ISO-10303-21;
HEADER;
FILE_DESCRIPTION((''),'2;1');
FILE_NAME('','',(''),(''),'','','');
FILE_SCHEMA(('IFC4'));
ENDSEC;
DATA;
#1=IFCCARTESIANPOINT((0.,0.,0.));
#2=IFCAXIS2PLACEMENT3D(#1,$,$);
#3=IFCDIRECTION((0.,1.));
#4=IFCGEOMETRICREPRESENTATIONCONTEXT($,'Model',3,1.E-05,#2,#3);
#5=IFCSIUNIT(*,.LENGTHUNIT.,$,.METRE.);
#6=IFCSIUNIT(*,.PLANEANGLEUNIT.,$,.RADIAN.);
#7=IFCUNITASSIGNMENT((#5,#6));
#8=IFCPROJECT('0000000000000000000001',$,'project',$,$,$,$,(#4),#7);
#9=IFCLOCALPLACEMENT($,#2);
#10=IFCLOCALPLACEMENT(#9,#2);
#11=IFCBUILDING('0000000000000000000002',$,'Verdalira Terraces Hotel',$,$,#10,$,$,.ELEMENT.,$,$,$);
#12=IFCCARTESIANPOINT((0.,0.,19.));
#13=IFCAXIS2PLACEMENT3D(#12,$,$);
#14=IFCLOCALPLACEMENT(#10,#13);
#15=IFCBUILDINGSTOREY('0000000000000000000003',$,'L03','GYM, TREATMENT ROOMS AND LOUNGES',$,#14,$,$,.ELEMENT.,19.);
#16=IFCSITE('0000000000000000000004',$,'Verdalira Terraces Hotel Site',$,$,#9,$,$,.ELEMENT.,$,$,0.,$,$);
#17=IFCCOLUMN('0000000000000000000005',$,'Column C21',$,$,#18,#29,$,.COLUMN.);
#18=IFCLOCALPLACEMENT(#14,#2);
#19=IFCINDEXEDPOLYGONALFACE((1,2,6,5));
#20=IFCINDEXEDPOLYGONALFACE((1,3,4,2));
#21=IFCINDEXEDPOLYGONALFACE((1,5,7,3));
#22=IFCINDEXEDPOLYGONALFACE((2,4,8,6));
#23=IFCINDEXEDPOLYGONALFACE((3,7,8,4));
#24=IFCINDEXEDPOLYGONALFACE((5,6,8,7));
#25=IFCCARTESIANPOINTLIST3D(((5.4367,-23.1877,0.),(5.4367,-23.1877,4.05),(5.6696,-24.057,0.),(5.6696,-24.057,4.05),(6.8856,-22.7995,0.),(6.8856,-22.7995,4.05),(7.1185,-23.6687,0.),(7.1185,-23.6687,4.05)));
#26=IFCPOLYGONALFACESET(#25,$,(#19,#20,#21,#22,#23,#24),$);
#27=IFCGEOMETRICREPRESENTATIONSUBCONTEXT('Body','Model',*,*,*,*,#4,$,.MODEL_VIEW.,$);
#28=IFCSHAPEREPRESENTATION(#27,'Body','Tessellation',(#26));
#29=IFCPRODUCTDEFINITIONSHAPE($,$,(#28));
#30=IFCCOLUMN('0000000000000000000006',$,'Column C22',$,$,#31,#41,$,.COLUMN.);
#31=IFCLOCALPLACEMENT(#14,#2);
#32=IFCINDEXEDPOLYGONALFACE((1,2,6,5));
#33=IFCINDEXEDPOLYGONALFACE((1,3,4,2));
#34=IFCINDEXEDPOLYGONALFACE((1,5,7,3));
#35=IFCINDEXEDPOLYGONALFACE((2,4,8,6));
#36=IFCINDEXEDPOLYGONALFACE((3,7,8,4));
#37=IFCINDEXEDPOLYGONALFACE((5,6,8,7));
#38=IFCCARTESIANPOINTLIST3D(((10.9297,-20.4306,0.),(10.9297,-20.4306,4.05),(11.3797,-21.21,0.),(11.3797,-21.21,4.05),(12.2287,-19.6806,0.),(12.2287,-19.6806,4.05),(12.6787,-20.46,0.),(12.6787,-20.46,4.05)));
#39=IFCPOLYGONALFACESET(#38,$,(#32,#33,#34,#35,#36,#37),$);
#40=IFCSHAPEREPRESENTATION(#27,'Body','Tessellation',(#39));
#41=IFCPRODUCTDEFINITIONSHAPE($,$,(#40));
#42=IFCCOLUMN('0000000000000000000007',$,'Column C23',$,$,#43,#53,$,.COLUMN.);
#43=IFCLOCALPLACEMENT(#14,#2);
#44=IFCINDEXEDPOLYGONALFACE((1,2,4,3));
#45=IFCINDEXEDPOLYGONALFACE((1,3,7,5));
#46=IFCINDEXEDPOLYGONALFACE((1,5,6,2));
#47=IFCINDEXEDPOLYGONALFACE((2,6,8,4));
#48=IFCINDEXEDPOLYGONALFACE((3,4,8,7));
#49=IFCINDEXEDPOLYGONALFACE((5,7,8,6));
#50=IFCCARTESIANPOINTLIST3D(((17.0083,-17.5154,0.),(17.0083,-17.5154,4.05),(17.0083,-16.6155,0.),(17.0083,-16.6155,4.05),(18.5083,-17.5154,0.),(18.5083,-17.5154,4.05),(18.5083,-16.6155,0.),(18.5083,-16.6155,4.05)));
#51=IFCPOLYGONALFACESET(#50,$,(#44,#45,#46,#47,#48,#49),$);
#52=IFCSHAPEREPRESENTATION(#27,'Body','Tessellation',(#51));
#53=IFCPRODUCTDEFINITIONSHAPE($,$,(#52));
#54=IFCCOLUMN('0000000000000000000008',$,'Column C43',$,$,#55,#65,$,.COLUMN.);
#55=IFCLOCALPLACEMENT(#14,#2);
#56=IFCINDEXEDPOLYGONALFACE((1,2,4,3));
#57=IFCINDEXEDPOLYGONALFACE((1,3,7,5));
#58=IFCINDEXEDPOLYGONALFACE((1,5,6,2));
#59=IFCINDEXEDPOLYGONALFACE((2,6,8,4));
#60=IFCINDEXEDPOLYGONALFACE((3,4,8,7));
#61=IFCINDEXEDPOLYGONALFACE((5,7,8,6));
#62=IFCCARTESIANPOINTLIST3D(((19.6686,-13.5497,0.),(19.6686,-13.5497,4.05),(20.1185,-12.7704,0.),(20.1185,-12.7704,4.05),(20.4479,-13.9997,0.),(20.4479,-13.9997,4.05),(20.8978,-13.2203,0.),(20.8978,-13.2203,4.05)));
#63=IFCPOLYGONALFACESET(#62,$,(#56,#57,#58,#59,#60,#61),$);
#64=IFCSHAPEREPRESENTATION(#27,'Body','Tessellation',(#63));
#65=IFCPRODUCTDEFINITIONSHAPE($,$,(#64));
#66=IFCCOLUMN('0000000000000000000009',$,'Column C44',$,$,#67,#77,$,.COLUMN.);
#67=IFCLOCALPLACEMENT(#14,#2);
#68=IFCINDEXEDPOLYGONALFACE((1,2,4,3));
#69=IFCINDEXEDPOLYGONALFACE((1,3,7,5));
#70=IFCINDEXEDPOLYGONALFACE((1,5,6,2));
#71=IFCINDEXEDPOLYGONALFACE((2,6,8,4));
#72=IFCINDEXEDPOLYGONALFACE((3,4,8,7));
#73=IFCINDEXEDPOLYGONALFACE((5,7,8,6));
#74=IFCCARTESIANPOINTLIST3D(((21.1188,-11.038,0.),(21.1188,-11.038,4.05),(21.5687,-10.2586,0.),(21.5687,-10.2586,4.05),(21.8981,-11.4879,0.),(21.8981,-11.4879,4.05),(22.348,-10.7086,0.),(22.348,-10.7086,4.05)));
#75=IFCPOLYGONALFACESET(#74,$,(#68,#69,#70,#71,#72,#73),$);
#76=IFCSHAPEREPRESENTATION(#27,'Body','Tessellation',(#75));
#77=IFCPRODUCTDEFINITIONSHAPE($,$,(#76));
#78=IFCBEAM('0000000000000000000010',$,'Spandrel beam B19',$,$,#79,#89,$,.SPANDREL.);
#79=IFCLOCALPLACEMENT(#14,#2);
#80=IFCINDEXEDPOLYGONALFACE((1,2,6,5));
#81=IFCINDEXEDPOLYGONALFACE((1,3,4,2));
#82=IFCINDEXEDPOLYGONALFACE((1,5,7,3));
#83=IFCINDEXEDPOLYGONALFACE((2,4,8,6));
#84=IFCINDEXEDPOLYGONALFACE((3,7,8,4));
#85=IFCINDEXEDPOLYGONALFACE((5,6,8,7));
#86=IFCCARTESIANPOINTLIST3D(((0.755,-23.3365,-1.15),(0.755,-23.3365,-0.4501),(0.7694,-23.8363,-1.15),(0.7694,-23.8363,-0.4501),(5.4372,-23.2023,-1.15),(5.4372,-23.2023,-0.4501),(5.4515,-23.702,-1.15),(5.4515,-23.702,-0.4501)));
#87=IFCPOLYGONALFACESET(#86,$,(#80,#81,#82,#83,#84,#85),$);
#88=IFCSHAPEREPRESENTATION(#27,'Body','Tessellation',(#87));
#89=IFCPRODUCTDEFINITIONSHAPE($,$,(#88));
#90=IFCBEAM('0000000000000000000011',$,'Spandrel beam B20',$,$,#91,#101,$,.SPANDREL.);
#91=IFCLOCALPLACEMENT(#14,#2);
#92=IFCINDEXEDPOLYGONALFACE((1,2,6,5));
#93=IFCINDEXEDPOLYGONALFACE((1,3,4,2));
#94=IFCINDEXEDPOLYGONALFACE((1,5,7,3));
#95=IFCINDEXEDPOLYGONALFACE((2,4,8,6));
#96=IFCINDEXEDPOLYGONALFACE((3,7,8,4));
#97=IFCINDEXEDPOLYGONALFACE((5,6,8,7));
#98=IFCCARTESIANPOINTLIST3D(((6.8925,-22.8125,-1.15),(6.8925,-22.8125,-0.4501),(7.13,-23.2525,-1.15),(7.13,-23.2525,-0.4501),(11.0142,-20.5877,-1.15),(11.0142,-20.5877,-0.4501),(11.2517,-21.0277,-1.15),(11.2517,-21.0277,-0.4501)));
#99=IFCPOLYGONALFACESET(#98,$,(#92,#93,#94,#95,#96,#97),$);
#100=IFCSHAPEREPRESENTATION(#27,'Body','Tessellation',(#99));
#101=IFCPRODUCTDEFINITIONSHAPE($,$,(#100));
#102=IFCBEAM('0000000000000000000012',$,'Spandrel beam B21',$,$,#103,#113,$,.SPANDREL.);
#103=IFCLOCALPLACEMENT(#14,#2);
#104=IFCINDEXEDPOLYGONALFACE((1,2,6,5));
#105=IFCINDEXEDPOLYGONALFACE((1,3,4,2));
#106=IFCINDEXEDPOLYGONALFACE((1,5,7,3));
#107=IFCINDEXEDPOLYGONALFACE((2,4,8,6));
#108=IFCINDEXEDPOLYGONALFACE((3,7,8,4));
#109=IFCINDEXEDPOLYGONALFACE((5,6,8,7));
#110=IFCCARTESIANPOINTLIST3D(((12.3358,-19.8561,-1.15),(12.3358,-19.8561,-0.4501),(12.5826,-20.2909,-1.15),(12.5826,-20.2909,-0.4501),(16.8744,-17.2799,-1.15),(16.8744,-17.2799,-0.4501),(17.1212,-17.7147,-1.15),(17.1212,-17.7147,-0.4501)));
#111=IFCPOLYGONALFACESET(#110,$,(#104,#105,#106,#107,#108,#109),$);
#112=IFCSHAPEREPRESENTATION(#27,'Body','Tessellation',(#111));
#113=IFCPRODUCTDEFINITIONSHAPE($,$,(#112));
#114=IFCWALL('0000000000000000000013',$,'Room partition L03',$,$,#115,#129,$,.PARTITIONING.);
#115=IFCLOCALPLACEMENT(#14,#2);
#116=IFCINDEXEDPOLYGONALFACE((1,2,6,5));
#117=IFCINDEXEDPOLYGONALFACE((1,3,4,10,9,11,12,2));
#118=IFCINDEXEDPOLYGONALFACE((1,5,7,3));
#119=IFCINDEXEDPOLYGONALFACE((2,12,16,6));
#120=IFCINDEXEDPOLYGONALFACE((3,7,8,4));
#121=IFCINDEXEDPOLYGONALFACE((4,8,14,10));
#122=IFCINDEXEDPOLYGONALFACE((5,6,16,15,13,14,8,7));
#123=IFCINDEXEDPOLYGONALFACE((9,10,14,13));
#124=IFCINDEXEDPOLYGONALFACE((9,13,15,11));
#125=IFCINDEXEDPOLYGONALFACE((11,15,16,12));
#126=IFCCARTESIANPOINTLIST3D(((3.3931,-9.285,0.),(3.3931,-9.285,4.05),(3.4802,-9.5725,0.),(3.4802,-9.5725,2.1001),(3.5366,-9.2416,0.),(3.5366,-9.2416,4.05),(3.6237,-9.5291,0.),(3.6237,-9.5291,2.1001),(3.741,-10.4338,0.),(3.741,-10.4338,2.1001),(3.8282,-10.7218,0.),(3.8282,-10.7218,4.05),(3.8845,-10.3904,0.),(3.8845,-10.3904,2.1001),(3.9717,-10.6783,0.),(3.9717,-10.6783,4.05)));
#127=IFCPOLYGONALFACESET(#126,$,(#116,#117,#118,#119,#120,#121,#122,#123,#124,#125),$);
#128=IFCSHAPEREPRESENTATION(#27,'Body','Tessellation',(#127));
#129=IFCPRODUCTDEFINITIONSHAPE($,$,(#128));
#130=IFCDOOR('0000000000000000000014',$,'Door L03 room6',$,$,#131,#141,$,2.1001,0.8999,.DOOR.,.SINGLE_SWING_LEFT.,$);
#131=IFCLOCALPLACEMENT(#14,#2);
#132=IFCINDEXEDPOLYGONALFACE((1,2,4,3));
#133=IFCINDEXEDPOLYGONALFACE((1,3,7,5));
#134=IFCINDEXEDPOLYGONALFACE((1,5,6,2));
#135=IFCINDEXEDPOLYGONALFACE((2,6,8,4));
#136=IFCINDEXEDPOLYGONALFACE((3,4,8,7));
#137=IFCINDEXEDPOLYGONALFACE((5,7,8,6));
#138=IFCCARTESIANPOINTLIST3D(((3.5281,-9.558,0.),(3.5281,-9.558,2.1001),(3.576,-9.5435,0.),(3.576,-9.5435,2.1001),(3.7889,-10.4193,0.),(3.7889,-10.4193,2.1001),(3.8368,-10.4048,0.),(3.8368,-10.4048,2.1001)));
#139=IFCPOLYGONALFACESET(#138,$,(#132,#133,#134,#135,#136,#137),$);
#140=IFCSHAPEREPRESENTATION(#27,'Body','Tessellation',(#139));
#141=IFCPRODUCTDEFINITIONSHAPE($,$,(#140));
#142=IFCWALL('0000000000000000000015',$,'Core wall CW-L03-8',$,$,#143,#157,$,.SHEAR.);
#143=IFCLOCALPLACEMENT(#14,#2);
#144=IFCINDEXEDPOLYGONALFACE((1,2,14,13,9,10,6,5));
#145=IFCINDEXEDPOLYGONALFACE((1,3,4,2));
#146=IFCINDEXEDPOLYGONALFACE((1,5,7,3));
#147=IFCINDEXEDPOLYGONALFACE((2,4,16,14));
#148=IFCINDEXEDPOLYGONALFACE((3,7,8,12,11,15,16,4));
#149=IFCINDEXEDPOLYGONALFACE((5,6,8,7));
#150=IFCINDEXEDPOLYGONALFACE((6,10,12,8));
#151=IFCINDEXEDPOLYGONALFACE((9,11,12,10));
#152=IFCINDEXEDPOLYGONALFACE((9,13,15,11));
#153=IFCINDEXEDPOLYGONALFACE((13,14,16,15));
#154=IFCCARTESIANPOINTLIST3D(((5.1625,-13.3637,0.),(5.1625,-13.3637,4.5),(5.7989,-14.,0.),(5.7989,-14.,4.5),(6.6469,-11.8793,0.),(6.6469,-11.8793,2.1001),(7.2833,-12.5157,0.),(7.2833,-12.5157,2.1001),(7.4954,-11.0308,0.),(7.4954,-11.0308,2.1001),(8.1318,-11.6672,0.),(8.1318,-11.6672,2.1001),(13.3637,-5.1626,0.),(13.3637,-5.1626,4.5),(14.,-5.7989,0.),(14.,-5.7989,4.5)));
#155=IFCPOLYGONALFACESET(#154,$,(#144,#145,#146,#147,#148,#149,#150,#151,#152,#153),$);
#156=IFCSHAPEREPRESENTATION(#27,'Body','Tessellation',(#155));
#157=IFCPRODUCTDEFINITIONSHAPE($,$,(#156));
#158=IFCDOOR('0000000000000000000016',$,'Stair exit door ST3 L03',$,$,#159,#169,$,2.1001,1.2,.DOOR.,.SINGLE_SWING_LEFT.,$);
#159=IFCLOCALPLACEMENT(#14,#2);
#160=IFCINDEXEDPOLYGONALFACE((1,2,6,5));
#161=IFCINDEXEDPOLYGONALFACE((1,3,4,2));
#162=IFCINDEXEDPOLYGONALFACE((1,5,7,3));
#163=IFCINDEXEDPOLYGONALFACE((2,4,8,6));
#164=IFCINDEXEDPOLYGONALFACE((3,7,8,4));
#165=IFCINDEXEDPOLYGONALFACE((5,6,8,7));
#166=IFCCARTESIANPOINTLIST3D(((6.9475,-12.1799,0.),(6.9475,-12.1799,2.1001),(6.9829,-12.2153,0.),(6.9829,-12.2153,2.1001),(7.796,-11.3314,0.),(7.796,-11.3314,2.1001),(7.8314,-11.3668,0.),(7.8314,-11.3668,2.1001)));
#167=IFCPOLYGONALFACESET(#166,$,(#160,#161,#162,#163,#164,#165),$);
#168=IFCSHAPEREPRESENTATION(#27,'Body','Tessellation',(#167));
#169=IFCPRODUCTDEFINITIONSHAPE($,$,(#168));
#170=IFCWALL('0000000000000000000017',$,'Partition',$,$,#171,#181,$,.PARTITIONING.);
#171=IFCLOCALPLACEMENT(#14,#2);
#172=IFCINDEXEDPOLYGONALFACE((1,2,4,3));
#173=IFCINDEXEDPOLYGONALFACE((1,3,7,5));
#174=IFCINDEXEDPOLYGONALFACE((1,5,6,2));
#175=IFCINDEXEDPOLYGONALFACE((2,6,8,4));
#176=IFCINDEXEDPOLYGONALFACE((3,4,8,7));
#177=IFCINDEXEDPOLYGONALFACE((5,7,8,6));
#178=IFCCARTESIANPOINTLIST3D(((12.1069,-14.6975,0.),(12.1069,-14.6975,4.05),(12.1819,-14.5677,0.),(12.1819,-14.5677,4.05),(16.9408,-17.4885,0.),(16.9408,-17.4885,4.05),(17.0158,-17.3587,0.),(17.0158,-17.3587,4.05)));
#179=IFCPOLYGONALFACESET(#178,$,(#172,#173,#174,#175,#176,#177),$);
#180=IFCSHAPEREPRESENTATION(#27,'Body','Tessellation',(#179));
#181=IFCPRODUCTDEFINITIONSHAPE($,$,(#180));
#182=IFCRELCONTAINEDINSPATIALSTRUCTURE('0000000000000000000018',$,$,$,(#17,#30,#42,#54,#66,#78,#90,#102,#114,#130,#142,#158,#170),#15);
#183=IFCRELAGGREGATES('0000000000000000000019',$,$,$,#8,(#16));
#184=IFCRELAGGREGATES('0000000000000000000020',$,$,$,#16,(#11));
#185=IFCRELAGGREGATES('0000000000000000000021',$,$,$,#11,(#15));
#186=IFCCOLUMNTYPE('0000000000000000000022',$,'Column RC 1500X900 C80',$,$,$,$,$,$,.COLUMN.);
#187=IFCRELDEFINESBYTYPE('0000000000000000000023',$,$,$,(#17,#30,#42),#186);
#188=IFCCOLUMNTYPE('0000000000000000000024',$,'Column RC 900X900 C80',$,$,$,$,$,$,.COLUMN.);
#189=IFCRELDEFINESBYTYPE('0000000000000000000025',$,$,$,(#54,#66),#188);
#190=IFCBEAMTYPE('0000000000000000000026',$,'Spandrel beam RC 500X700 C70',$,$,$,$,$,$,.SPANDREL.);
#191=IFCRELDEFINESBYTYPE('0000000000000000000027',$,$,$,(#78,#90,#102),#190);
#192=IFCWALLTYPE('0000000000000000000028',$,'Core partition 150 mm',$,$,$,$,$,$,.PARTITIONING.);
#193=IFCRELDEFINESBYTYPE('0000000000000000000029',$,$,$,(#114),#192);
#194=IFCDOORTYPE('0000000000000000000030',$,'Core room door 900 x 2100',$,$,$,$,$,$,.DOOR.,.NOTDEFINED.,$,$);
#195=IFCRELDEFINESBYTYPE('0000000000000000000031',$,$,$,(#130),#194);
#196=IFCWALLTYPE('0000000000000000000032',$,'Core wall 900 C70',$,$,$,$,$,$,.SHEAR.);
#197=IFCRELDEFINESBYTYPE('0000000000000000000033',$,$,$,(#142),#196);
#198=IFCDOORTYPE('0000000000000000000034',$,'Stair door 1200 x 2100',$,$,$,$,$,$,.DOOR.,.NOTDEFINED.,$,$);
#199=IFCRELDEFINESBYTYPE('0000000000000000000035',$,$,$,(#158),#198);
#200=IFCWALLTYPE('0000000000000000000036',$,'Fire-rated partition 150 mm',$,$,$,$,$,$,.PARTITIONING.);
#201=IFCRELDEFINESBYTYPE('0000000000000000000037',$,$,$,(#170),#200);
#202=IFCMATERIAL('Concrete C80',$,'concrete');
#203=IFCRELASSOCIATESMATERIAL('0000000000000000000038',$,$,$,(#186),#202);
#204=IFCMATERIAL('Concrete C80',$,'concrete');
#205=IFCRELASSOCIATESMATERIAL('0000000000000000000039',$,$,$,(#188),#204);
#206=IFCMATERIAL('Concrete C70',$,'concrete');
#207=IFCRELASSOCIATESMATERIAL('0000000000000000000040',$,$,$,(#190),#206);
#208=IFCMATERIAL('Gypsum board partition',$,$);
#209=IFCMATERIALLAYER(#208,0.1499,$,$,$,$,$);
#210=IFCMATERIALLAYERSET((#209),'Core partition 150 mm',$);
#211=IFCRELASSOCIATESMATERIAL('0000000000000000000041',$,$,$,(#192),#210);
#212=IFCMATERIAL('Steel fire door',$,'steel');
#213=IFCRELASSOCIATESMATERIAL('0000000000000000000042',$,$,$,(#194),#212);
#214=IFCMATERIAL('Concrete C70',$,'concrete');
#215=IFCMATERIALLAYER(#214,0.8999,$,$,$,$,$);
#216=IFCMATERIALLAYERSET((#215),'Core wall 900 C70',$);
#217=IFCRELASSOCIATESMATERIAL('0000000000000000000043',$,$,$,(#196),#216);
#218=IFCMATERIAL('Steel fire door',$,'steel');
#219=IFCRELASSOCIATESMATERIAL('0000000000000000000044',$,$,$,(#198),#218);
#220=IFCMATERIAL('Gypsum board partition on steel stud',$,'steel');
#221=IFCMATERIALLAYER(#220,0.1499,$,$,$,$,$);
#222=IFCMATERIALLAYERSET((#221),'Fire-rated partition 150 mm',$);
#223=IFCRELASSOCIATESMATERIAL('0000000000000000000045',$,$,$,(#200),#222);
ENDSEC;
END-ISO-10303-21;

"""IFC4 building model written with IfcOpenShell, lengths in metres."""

from ifc_helpers import new_model, si_unit, direction, frame, frame_2d, origin, origin_2d, place, context, subcontext, project, spatial, rectangle, extrude, material, layer, layer_set, material_profile, profile_set, type_object, element, fill, save


model = new_model("IFC4")

# Units and contexts
model_context = context("Model", 3, precision=1e-05, world=origin(), true_north=direction((0.0, 1.0)))
body_context = subcontext(model_context, "Body", "Model", "MODEL_VIEW")
ifc_project = project(units=[si_unit("LENGTHUNIT", "METRE"), si_unit("PLANEANGLEUNIT", "RADIAN")], contexts=[model_context])

# Site, building, storey
site_placement = place(None, origin())
site = spatial("IfcSite", under=ifc_project, at=site_placement, Name="Verdalira Terraces Hotel Site", CompositionType="ELEMENT", RefElevation=0.0)
building_placement = place(site_placement, origin())
building = spatial("IfcBuilding", under=site, at=building_placement, Name="Verdalira Terraces Hotel", CompositionType="ELEMENT")
storey_placement = place(building_placement, frame((0.0, 0.0, 19.0)))
storey = spatial("IfcBuildingStorey", under=building, at=storey_placement, Name="L03", Description="GYM, TREATMENT ROOMS AND LOUNGES", CompositionType="ELEMENT", Elevation=19.0)

# Columns
ifc_material_1 = material(Name="Concrete C80", Category="concrete")
ifc_material_profile_1 = material_profile(ifc_material_1, rectangle(XDim=1.5, YDim=0.8999, at=origin_2d()), Name="RC 1500X900")
ifc_profile_set_1 = profile_set([ifc_material_profile_1], Name="Concrete C80")
column_type_1 = type_object("IfcColumnType", Name="Column RC 1500X900 C80", PredefinedType="COLUMN", material=ifc_profile_set_1)
for number, where, z_axis, x_axis, name in (
    (1, (6.2776, -23.4282, 0.0), (0.0, 0.0, 1.0), (-0.965926, -0.258819, 0.0), "Column C21"),
    (2, (11.8042, -20.4453, 0.0), (0.0, 0.0, 1.0), (0.866025, 0.5, 0.0), "Column C22"),
    (3, (17.7583, -17.0654, 0.0), (0.0, 0.0, 1.0), (-1.0, 0.0, 0.0), "Column C23"),
):
    element("IfcColumn", number, at=place(storey_placement, frame(where, z_axis=z_axis, x_axis=x_axis)), inside=storey, type_object=column_type_1, Name=name, PredefinedType="COLUMN", context=body_context, shape_type="SweptSolid", body=[
        extrude(rectangle(XDim=1.5, YDim=0.8999, at=origin_2d()), origin(), (0.0, 0.0, 1.0), 4.05),
    ])
ifc_material_2 = material(Name="Concrete C80", Category="concrete")
ifc_material_profile_2 = material_profile(ifc_material_2, rectangle(XDim=0.8999, YDim=0.8999, at=origin_2d()), Name="RC 900X900")
ifc_profile_set_2 = profile_set([ifc_material_profile_2], Name="Concrete C80")
column_type_2 = type_object("IfcColumnType", Name="Column RC 900X900 C80", PredefinedType="COLUMN", material=ifc_profile_set_2)
for number, where, z_axis, x_axis, name in (
    (4, (20.2832, -13.385, 0.0), (0.0, 0.0, 1.0), (0.866025, -0.5, 0.0), "Column C43"),
    (5, (21.7334, -10.8733, 0.0), (0.0, 0.0, 1.0), (0.866025, -0.5, 0.0), "Column C44"),
):
    element("IfcColumn", number, at=place(storey_placement, frame(where, z_axis=z_axis, x_axis=x_axis)), inside=storey, type_object=column_type_2, Name=name, PredefinedType="COLUMN", context=body_context, shape_type="SweptSolid", body=[
        extrude(rectangle(XDim=0.8999, YDim=0.8999, at=origin_2d()), origin(), (0.0, 0.0, 1.0), 4.05),
    ])

# Beams
ifc_material_3 = material(Name="Concrete C70", Category="concrete")
ifc_material_profile_3 = material_profile(ifc_material_3, rectangle(XDim=0.5, YDim=0.7, at=origin_2d()), Name="RC 500X700")
ifc_profile_set_3 = profile_set([ifc_material_profile_3], Name="Concrete C70")
beam_type = type_object("IfcBeamType", Name="Spandrel beam RC 500X700 C70", PredefinedType="SPANDREL", material=ifc_profile_set_3)
beam_1_placement = place(storey_placement, frame((0.7622, -23.5864, -0.8), z_axis=(0.999589, 0.028667, 0.0), x_axis=(-0.028667, 0.999589, 0.0)))
element("IfcBeam", 6, at=beam_1_placement, inside=storey, type_object=beam_type, Name="Spandrel beam B19", PredefinedType="SPANDREL", context=body_context, shape_type="SweptSolid", body=[
    extrude(rectangle(XDim=0.5, YDim=0.7, at=origin_2d()), origin(), (0.0, 0.0, 1.0), 4.6841),
])
beam_2_placement = place(storey_placement, frame((7.0112, -23.0325, -0.8), z_axis=(0.879989, 0.474995, 0.0), x_axis=(-0.474995, 0.879989, 0.0)))
element("IfcBeam", 7, at=beam_2_placement, inside=storey, type_object=beam_type, Name="Spandrel beam B20", PredefinedType="SPANDREL", context=body_context, shape_type="SweptSolid", body=[
    extrude(rectangle(XDim=0.5, YDim=0.7, at=origin_2d()), origin(), (0.0, 0.0, 1.0), 4.6838),
])
beam_3_placement = place(storey_placement, frame((12.4592, -20.0735, -0.8), z_axis=(0.869667, 0.493638, 0.0), x_axis=(-0.493638, 0.869667, 0.0)))
element("IfcBeam", 8, at=beam_3_placement, inside=storey, type_object=beam_type, Name="Spandrel beam B21", PredefinedType="SPANDREL", context=body_context, shape_type="SweptSolid", body=[
    extrude(rectangle(XDim=0.5, YDim=0.7, at=origin_2d()), origin(), (0.0, 0.0, 1.0), 5.2188),
])

# Walls, openings, doors
ifc_material_4 = material(Name="Gypsum board partition")
ifc_layer_1 = layer(ifc_material_4, 0.1499)
ifc_layer_set_1 = layer_set([ifc_layer_1], Name="Core partition 150 mm")
wall_type_1 = type_object("IfcWallType", Name="Core partition 150 mm", PredefinedType="PARTITIONING", material=ifc_layer_set_1)
wall_1_placement = place(storey_placement, frame((3.8999, -10.7, 0.0), z_axis=(0.0, 0.0, 1.0), x_axis=(-0.289809, 0.957085, 0.0)))
wall_1 = element("IfcWall", 9, at=wall_1_placement, inside=storey, type_object=wall_type_1, Name="Room partition L03", PredefinedType="PARTITIONING", context=body_context, shape_type="SweptSolid", body=[
    extrude(rectangle(XDim=1.5012, YDim=0.1499, at=frame_2d((0.7505, 0.0))), origin(), (0.0, 0.0, 1.0), 4.05),
])
opening_1_placement = place(wall_1_placement, frame((0.3008, 0.0, 0.0)))
opening_1 = element("IfcOpeningElement", 10, at=opening_1_placement, cuts=wall_1, PredefinedType="OPENING", context=body_context, shape_type="SweptSolid", body=[
    extrude(rectangle(XDim=0.8999, YDim=2.1001, at=frame_2d((0.45, 1.05))), frame((0.0, 0.085, 0.0), z_axis=(0.0, -1.0, 0.0), x_axis=(1.0, 0.0, 0.0)), (0.0, 0.0, 1.0), 0.1699),
])
ifc_material_5 = material(Name="Steel fire door", Category="steel")
door_type_1 = type_object("IfcDoorType", Name="Core room door 900 x 2100", OperationType="NOTDEFINED", PredefinedType="DOOR", material=ifc_material_5)
door_1_placement = place(opening_1_placement, origin())
door_1 = element("IfcDoor", 11, at=door_1_placement, inside=storey, type_object=door_type_1, Name="Door L03 room6", OperationType="SINGLE_SWING_LEFT", OverallHeight=2.1001, OverallWidth=0.8999, PredefinedType="DOOR", context=body_context, shape_type="SweptSolid", body=[
    extrude(rectangle(XDim=0.8999, YDim=2.1001, at=frame_2d((0.45, 1.05))), frame((0.0, 0.0249, 0.0), z_axis=(0.0, -1.0, 0.0), x_axis=(1.0, 0.0, 0.0)), (0.0, 0.0, 1.0), 0.05),
])
fill(opening_1, door_1)
ifc_material_6 = material(Name="Concrete C70", Category="concrete")
ifc_layer_2 = layer(ifc_material_6, 0.8999)
ifc_layer_set_2 = layer_set([ifc_layer_2], Name="Core wall 900 C70")
wall_type_2 = type_object("IfcWallType", Name="Core wall 900 C70", PredefinedType="SHEAR", material=ifc_layer_set_2)
wall_2_placement = place(storey_placement, frame((5.4807, -13.6819, 0.0), z_axis=(0.0, 0.0, 1.0), x_axis=(0.707107, 0.707107, 0.0)))
wall_2 = element("IfcWall", 12, at=wall_2_placement, inside=storey, type_object=wall_type_2, Name="Core wall CW-L03-8", PredefinedType="SHEAR", context=body_context, shape_type="SweptSolid", body=[
    extrude(rectangle(XDim=11.5981, YDim=0.8999, at=frame_2d((5.7991, 0.0))), origin(), (0.0, 0.0, 1.0), 4.5),
])
opening_2_placement = place(wall_2_placement, frame((2.0991, 0.0, 0.0)))
opening_2 = element("IfcOpeningElement", 13, at=opening_2_placement, cuts=wall_2, PredefinedType="OPENING", context=body_context, shape_type="SweptSolid", body=[
    extrude(rectangle(XDim=1.2, YDim=2.1001, at=frame_2d((0.6001, 1.05))), frame((0.0, 0.46, 0.0), z_axis=(0.0, -1.0, 0.0), x_axis=(1.0, 0.0, 0.0)), (0.0, 0.0, 1.0), 0.9199),
])
ifc_material_7 = material(Name="Steel fire door", Category="steel")
door_type_2 = type_object("IfcDoorType", Name="Stair door 1200 x 2100", OperationType="NOTDEFINED", PredefinedType="DOOR", material=ifc_material_7)
door_2_placement = place(opening_2_placement, origin())
door_2 = element("IfcDoor", 14, at=door_2_placement, inside=storey, type_object=door_type_2, Name="Stair exit door ST3 L03", OperationType="SINGLE_SWING_LEFT", OverallHeight=2.1001, OverallWidth=1.2, PredefinedType="DOOR", context=body_context, shape_type="SweptSolid", body=[
    extrude(rectangle(XDim=1.2, YDim=2.1001, at=frame_2d((0.6001, 1.05))), frame((0.0, 0.0249, 0.0), z_axis=(0.0, -1.0, 0.0), x_axis=(1.0, 0.0, 0.0)), (0.0, 0.0, 1.0), 0.05),
])
fill(opening_2, door_2)

# Wall
ifc_material_8 = material(Name="Gypsum board partition on steel stud", Category="steel")
ifc_layer_3 = layer(ifc_material_8, 0.1499)
ifc_layer_set_3 = layer_set([ifc_layer_3], Name="Fire-rated partition 150 mm")
wall_type_3 = type_object("IfcWallType", Name="Fire-rated partition 150 mm", PredefinedType="PARTITIONING", material=ifc_layer_set_3)
wall_3_placement = place(storey_placement, frame((12.1443, -14.6326, 0.0), z_axis=(0.0, 0.0, 1.0), x_axis=(0.866017, -0.500015, 0.0)))
element("IfcWall", 15, at=wall_3_placement, inside=storey, type_object=wall_type_3, Name="Partition", PredefinedType="PARTITIONING", context=body_context, shape_type="SweptSolid", body=[
    extrude(rectangle(XDim=5.5818, YDim=0.1499, at=frame_2d((2.791, 0.0))), origin(), (0.0, 0.0, 1.0), 4.05),
])

save(model, "model.ifc")
